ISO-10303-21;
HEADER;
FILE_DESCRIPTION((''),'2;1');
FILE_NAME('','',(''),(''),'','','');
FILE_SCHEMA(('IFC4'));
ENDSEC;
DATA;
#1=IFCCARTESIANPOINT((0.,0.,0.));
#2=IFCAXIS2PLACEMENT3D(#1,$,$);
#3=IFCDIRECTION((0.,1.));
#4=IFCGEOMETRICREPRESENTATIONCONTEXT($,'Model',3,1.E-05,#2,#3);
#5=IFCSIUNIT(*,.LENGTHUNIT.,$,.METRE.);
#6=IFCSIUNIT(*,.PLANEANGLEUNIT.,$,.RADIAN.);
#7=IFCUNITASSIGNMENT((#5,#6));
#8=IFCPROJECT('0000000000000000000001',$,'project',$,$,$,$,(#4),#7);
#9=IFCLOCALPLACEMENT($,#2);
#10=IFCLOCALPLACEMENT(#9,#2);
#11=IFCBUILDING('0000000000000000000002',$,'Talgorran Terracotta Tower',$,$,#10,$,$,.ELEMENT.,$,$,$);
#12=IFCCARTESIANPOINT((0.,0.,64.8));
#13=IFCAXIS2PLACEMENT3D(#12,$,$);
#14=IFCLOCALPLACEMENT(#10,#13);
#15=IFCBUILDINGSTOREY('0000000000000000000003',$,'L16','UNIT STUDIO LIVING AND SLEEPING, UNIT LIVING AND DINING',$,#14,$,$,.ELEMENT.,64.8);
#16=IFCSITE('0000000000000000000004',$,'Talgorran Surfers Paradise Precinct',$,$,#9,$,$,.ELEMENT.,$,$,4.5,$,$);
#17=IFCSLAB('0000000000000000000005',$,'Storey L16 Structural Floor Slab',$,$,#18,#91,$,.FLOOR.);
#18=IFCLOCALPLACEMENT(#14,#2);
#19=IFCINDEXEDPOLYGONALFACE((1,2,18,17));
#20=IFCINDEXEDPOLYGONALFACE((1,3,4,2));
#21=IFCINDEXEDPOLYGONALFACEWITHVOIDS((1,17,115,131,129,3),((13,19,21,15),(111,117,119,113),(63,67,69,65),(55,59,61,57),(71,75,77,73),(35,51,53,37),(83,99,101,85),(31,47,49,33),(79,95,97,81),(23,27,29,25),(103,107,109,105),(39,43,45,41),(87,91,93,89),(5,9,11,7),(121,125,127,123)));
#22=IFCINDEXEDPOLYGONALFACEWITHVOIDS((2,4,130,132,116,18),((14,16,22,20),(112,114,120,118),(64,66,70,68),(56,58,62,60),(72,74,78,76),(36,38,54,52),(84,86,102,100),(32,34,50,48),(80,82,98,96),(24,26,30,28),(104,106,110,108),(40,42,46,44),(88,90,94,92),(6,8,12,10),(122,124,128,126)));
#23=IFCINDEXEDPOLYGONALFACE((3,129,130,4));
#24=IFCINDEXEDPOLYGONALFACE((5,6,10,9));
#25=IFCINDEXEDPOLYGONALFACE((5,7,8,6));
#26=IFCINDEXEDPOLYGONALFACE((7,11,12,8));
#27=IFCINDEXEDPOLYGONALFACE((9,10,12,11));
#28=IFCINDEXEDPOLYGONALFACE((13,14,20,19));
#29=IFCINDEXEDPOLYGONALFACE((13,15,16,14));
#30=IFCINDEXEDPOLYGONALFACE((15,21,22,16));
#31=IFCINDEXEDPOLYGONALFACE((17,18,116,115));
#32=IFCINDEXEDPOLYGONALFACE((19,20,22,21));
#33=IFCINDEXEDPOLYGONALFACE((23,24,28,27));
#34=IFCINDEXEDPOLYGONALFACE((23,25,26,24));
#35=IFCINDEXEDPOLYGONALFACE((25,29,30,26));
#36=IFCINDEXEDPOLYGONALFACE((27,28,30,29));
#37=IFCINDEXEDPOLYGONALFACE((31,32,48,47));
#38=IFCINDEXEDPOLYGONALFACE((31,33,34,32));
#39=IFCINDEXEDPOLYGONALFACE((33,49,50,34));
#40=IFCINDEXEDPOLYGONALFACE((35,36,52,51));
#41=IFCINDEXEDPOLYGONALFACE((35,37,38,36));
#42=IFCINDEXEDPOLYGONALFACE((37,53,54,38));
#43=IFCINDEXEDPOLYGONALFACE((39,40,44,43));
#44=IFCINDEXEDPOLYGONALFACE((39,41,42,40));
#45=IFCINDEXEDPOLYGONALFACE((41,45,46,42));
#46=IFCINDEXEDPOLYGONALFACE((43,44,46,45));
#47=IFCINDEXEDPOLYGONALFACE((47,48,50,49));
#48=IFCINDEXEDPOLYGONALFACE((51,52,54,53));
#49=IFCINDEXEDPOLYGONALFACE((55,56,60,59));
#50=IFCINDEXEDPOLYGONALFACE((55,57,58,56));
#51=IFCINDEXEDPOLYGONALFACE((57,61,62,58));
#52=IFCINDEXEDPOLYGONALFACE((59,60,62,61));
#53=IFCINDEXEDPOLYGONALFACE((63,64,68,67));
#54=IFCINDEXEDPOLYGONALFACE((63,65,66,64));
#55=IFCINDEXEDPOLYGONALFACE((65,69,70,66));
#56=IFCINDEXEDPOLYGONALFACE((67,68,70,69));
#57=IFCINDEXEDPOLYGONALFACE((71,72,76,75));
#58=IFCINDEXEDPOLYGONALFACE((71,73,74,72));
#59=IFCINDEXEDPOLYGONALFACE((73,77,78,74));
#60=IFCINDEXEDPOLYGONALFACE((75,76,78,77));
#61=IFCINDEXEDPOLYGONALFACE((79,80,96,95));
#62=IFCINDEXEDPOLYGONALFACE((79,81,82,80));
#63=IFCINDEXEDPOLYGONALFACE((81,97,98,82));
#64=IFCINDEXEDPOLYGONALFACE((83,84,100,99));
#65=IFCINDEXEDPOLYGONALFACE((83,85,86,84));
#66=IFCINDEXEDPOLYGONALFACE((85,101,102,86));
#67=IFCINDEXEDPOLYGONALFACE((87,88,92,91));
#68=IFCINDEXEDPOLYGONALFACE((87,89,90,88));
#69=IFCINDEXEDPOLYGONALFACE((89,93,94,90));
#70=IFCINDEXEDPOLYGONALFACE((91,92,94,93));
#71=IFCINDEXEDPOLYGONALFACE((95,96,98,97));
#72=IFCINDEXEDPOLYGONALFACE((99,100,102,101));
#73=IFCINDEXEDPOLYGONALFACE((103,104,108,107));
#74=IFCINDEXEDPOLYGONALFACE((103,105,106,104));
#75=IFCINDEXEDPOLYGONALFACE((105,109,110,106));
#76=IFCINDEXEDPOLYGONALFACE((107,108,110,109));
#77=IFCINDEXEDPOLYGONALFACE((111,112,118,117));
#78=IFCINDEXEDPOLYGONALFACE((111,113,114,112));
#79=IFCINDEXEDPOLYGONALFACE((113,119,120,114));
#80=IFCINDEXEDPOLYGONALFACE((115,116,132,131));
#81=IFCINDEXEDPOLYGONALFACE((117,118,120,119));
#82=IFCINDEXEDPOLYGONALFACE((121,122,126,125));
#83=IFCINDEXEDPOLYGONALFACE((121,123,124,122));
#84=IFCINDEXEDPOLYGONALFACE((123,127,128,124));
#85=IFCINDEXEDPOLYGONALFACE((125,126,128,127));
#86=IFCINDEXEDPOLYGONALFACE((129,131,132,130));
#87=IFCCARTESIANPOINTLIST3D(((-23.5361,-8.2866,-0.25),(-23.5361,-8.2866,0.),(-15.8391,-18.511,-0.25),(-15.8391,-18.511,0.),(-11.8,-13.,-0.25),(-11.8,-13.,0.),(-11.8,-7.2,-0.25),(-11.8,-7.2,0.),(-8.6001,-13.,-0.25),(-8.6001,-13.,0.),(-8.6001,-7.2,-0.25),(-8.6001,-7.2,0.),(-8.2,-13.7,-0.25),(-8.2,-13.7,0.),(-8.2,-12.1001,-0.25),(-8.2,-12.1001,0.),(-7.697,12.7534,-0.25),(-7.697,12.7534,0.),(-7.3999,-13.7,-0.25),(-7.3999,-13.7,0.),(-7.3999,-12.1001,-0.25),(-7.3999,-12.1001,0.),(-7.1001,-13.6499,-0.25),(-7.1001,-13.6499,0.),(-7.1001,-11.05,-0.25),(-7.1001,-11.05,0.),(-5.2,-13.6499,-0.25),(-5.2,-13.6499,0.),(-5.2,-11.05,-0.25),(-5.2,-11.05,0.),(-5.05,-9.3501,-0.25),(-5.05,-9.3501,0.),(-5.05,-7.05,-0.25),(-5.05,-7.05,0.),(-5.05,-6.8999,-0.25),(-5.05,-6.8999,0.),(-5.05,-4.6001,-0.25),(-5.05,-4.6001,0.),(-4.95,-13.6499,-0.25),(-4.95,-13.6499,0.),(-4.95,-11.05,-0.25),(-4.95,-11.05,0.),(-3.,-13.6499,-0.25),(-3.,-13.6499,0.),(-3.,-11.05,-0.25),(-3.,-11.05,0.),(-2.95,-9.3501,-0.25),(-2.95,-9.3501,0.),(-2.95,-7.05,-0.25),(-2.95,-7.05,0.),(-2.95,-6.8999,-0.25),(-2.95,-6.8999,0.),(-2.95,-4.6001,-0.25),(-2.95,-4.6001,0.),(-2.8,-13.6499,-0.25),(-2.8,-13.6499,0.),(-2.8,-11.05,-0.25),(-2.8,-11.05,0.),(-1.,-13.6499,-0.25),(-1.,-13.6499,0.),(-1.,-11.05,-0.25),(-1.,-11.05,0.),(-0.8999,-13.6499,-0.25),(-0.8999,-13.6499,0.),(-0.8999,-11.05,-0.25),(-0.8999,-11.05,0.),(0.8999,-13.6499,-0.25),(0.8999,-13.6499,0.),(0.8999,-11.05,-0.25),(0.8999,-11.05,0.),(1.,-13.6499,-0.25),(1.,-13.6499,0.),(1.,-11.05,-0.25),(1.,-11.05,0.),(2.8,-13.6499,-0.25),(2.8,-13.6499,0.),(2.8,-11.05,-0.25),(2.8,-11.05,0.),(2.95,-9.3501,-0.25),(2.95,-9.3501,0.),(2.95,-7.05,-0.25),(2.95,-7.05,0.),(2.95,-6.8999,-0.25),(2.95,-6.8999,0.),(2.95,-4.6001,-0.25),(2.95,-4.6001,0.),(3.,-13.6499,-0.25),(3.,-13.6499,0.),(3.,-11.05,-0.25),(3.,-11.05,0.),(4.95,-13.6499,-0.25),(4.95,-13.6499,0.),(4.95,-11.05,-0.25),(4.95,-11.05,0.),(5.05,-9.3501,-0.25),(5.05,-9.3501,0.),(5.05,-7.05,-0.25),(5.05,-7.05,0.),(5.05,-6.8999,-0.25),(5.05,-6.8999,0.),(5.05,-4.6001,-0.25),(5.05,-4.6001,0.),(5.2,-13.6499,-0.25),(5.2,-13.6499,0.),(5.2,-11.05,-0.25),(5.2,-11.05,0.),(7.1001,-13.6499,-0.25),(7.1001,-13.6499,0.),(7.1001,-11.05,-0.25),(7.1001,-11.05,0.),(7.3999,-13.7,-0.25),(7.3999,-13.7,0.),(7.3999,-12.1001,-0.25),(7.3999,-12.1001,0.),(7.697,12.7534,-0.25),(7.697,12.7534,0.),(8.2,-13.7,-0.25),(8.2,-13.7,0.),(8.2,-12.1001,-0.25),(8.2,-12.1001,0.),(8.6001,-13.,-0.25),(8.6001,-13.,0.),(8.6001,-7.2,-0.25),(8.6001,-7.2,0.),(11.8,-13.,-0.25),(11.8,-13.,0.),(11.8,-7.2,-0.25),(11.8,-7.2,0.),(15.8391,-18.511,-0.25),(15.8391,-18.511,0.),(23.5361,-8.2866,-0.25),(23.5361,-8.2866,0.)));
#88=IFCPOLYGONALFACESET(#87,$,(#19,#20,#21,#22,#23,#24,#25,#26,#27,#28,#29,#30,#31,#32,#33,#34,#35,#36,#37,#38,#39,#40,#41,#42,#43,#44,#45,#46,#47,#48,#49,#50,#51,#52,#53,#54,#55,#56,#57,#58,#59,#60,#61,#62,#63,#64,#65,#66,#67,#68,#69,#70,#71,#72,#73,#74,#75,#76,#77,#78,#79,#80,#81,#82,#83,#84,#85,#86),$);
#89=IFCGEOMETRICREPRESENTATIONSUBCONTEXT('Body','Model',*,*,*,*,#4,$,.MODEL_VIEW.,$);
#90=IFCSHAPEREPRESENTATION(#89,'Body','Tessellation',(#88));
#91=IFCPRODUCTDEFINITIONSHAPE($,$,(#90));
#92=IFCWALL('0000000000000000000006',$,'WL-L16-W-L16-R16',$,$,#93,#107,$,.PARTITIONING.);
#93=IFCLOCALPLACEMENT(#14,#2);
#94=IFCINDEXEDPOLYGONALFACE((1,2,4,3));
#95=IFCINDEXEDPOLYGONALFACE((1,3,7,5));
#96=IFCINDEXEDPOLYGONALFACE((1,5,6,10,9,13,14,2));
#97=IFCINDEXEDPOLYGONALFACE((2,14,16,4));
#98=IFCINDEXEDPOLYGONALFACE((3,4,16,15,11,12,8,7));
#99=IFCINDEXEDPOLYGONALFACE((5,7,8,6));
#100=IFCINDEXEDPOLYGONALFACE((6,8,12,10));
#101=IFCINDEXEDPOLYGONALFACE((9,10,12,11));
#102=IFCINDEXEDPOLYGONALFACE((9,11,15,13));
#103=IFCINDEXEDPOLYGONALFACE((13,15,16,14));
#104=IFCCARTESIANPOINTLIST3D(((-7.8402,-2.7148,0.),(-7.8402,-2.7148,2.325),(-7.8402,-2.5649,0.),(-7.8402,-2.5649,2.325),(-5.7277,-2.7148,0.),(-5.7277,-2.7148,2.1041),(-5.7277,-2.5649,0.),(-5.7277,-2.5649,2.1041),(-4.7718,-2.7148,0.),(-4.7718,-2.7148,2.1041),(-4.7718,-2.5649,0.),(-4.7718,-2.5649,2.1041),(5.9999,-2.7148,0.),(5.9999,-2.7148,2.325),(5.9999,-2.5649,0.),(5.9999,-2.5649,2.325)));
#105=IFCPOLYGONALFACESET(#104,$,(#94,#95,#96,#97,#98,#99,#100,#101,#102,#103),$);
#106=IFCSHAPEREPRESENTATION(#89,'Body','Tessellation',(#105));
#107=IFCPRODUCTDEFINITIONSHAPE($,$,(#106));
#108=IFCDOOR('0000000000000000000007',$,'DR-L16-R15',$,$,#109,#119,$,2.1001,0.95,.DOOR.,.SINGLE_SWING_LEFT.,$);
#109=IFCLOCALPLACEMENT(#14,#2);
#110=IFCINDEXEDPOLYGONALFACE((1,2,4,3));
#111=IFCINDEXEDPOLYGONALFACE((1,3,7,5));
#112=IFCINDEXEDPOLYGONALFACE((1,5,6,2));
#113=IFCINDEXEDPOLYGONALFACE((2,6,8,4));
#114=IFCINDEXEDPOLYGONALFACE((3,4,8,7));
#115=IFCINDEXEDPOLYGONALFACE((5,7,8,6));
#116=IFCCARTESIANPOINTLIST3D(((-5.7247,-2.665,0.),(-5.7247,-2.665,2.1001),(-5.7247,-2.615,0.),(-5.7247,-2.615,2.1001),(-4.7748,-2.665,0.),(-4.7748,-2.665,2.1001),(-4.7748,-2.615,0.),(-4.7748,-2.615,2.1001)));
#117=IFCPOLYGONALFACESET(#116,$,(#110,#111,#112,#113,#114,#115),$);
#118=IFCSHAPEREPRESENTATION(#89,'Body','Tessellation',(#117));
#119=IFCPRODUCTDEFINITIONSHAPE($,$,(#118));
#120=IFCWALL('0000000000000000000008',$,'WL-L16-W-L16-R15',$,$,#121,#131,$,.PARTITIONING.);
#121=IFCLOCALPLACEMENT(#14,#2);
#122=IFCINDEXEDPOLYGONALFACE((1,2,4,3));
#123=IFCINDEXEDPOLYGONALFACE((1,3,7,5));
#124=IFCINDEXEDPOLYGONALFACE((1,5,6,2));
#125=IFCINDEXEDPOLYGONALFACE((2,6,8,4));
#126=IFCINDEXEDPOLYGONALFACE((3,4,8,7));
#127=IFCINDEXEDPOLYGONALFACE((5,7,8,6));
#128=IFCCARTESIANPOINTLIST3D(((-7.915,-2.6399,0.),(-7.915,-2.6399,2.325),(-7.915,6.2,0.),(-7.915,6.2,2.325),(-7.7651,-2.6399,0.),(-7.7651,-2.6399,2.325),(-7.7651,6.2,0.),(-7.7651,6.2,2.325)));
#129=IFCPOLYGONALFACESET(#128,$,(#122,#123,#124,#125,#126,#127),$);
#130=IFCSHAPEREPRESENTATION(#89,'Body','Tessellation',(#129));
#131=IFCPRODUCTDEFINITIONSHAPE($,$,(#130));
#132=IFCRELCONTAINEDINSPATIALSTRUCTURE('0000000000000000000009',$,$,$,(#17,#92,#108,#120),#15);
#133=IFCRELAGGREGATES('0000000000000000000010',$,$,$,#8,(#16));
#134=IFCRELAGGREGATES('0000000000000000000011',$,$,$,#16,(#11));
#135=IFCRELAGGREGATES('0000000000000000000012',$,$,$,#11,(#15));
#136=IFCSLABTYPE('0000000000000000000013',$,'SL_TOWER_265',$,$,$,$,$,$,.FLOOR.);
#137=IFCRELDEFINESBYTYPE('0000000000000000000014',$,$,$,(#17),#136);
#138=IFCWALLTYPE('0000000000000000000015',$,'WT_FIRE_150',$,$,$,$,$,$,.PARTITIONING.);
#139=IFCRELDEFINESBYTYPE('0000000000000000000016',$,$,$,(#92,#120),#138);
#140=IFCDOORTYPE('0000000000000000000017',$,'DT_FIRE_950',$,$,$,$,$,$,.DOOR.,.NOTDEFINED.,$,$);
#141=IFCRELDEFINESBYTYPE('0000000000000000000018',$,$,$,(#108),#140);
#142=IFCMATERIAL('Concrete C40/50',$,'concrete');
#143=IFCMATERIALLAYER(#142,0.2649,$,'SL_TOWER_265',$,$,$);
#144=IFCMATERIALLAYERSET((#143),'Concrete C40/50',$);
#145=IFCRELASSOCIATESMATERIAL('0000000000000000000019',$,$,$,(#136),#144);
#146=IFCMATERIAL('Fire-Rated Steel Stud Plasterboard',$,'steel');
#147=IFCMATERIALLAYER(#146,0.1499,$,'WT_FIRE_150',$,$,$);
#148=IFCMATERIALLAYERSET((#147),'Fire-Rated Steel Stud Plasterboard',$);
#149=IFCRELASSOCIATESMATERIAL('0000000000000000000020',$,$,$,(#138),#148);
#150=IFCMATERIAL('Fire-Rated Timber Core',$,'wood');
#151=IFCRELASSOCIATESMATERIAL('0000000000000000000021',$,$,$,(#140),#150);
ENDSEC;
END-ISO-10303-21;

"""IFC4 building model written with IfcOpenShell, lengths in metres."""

from ifc_helpers import new_model, si_unit, direction, frame, frame_2d, origin, place, context, subcontext, project, spatial, polyline, rectangle, outline, extrude, material, layer, layer_set, type_object, element, fill, save


model = new_model("IFC4")

# Units and contexts
model_context = context("Model", 3, precision=1e-05, world=origin(), true_north=direction((0.0, 1.0)))
body_context = subcontext(model_context, "Body", "Model", "MODEL_VIEW")
ifc_project = project(units=[si_unit("LENGTHUNIT", "METRE"), si_unit("PLANEANGLEUNIT", "RADIAN")], contexts=[model_context])

# Site, building, storey
site_placement = place(None, origin())
site = spatial("IfcSite", under=ifc_project, at=site_placement, Name="Talgorran Surfers Paradise Precinct", CompositionType="ELEMENT", RefElevation=4.5)
building_placement = place(site_placement, origin())
building = spatial("IfcBuilding", under=site, at=building_placement, Name="Talgorran Terracotta Tower", CompositionType="ELEMENT")
storey_placement = place(building_placement, frame((0.0, 0.0, 64.8)))
storey = spatial("IfcBuildingStorey", under=building, at=storey_placement, Name="L16", Description="UNIT STUDIO LIVING AND SLEEPING, UNIT LIVING AND DINING", CompositionType="ELEMENT", Elevation=64.8)

# Slab
ifc_material_1 = material(Name="Concrete C40/50", Category="concrete")
ifc_layer_1 = layer(ifc_material_1, 0.2649, Name="SL_TOWER_265")
ifc_layer_set_1 = layer_set([ifc_layer_1], Name="Concrete C40/50")
slab_type_1 = type_object("IfcSlabType", Name="SL_TOWER_265", PredefinedType="FLOOR", material=ifc_layer_set_1)
slab_1_placement = place(storey_placement, frame((0.0, 0.0, -0.25)))
element("IfcSlab", 1, at=slab_1_placement, inside=storey, type_object=slab_type_1, Name="Storey L16 Structural Floor Slab", PredefinedType="FLOOR", context=body_context, shape_type="SweptSolid", body=[
    extrude(outline(polyline([(-23.5361, -8.2866), (-15.8391, -18.511), (15.8391, -18.511), (23.5361, -8.2866), (7.697, 12.7534), (-7.697, 12.7534), (-23.5361, -8.2866)]), holes=[polyline([(-11.8, -7.2), (-11.8, -13.0), (-8.6001, -13.0), (-8.6001, -7.2), (-11.8, -7.2)]), polyline([(8.6001, -7.2), (8.6001, -13.0), (11.8, -13.0), (11.8, -7.2), (8.6001, -7.2)]), polyline([(-7.1001, -13.6499), (-5.2, -13.6499), (-5.2, -11.05), (-7.1001, -11.05), (-7.1001, -13.6499)]), polyline([(5.2, -13.6499), (7.1001, -13.6499), (7.1001, -11.05), (5.2, -11.05), (5.2, -13.6499)]), polyline([(3.0, -13.6499), (4.95, -13.6499), (4.95, -11.05), (3.0, -11.05), (3.0, -13.6499)]), polyline([(-4.95, -13.6499), (-3.0, -13.6499), (-3.0, -11.05), (-4.95, -11.05), (-4.95, -13.6499)]), polyline([(-5.05, -9.3501), (-2.95, -9.3501), (-2.95, -7.05), (-5.05, -7.05), (-5.05, -9.3501)]), polyline([(-5.05, -6.8999), (-2.95, -6.8999), (-2.95, -4.6001), (-5.05, -4.6001), (-5.05, -6.8999)]), polyline([(2.95, -9.3501), (5.05, -9.3501), (5.05, -7.05), (2.95, -7.05), (2.95, -9.3501)]), polyline([(2.95, -6.8999), (5.05, -6.8999), (5.05, -4.6001), (2.95, -4.6001), (2.95, -6.8999)]), polyline([(-2.8, -13.6499), (-1.0, -13.6499), (-1.0, -11.05), (-2.8, -11.05), (-2.8, -13.6499)]), polyline([(-0.8999, -13.6499), (0.8999, -13.6499), (0.8999, -11.05), (-0.8999, -11.05), (-0.8999, -13.6499)]), polyline([(1.0, -13.6499), (2.8, -13.6499), (2.8, -11.05), (1.0, -11.05), (1.0, -13.6499)]), polyline([(-8.2, -13.7), (-7.3999, -13.7), (-7.3999, -12.1001), (-8.2, -12.1001), (-8.2, -13.7)]), polyline([(7.3999, -13.7), (8.2, -13.7), (8.2, -12.1001), (7.3999, -12.1001), (7.3999, -13.7)])]), origin(), (0.0, 0.0, 1.0), 0.25),
])

# Wall, opening, door
ifc_material_2 = material(Name="Fire-Rated Steel Stud Plasterboard", Category="steel")
ifc_layer_2 = layer(ifc_material_2, 0.1499, Name="WT_FIRE_150")
ifc_layer_set_2 = layer_set([ifc_layer_2], Name="Fire-Rated Steel Stud Plasterboard")
wall_type = type_object("IfcWallType", Name="WT_FIRE_150", PredefinedType="PARTITIONING", material=ifc_layer_set_2)
wall_1_placement = place(storey_placement, frame((-7.8401, -2.6399, 0.0), z_axis=(0.0, 0.0, 1.0), x_axis=(1.0, 0.0, 0.0)))
wall_1 = element("IfcWall", 2, at=wall_1_placement, inside=storey, type_object=wall_type, Name="WL-L16-W-L16-R16", PredefinedType="PARTITIONING", context=body_context, shape_type="SweptSolid", body=[
    extrude(rectangle(XDim=13.8401, YDim=0.1499, at=frame_2d((6.9199, 0.0))), origin(), (0.0, 0.0, 1.0), 2.325),
])
opening_placement = place(wall_1_placement, frame((2.1152, 0.0, 0.0)))
opening = element("IfcOpeningElement", 3, at=opening_placement, cuts=wall_1, PredefinedType="OPENING", context=body_context, shape_type="SweptSolid", body=[
    extrude(rectangle(XDim=0.956, YDim=2.1041, at=frame_2d((0.4751, 1.052))), frame((0.0, 0.085, 0.0), z_axis=(0.0, -1.0, 0.0), x_axis=(1.0, 0.0, 0.0)), (0.0, 0.0, 1.0), 0.1699),
])
ifc_material_3 = material(Name="Fire-Rated Timber Core", Category="wood")
door_type = type_object("IfcDoorType", Name="DT_FIRE_950", OperationType="NOTDEFINED", PredefinedType="DOOR", material=ifc_material_3)
door_placement = place(opening_placement, origin())
door = element("IfcDoor", 4, at=door_placement, inside=storey, type_object=door_type, Name="DR-L16-R15", OperationType="SINGLE_SWING_LEFT", OverallHeight=2.1001, OverallWidth=0.95, PredefinedType="DOOR", context=body_context, shape_type="SweptSolid", body=[
    extrude(rectangle(XDim=0.95, YDim=2.1001, at=frame_2d((0.4751, 1.05))), frame((0.0, 0.0249, 0.0), z_axis=(0.0, -1.0, 0.0), x_axis=(1.0, 0.0, 0.0)), (0.0, 0.0, 1.0), 0.05),
])
fill(opening, door)

# Wall
wall_2_placement = place(storey_placement, frame((-7.8401, -2.6399, 0.0), z_axis=(0.0, 0.0, 1.0), x_axis=(0.0, 1.0, 0.0)))
element("IfcWall", 5, at=wall_2_placement, inside=storey, type_object=wall_type, Name="WL-L16-W-L16-R15", PredefinedType="PARTITIONING", context=body_context, shape_type="SweptSolid", body=[
    extrude(rectangle(XDim=8.8398, YDim=0.1499, at=frame_2d((4.4199, 0.0))), origin(), (0.0, 0.0, 1.0), 2.325),
])

save(model, "model.ifc")
